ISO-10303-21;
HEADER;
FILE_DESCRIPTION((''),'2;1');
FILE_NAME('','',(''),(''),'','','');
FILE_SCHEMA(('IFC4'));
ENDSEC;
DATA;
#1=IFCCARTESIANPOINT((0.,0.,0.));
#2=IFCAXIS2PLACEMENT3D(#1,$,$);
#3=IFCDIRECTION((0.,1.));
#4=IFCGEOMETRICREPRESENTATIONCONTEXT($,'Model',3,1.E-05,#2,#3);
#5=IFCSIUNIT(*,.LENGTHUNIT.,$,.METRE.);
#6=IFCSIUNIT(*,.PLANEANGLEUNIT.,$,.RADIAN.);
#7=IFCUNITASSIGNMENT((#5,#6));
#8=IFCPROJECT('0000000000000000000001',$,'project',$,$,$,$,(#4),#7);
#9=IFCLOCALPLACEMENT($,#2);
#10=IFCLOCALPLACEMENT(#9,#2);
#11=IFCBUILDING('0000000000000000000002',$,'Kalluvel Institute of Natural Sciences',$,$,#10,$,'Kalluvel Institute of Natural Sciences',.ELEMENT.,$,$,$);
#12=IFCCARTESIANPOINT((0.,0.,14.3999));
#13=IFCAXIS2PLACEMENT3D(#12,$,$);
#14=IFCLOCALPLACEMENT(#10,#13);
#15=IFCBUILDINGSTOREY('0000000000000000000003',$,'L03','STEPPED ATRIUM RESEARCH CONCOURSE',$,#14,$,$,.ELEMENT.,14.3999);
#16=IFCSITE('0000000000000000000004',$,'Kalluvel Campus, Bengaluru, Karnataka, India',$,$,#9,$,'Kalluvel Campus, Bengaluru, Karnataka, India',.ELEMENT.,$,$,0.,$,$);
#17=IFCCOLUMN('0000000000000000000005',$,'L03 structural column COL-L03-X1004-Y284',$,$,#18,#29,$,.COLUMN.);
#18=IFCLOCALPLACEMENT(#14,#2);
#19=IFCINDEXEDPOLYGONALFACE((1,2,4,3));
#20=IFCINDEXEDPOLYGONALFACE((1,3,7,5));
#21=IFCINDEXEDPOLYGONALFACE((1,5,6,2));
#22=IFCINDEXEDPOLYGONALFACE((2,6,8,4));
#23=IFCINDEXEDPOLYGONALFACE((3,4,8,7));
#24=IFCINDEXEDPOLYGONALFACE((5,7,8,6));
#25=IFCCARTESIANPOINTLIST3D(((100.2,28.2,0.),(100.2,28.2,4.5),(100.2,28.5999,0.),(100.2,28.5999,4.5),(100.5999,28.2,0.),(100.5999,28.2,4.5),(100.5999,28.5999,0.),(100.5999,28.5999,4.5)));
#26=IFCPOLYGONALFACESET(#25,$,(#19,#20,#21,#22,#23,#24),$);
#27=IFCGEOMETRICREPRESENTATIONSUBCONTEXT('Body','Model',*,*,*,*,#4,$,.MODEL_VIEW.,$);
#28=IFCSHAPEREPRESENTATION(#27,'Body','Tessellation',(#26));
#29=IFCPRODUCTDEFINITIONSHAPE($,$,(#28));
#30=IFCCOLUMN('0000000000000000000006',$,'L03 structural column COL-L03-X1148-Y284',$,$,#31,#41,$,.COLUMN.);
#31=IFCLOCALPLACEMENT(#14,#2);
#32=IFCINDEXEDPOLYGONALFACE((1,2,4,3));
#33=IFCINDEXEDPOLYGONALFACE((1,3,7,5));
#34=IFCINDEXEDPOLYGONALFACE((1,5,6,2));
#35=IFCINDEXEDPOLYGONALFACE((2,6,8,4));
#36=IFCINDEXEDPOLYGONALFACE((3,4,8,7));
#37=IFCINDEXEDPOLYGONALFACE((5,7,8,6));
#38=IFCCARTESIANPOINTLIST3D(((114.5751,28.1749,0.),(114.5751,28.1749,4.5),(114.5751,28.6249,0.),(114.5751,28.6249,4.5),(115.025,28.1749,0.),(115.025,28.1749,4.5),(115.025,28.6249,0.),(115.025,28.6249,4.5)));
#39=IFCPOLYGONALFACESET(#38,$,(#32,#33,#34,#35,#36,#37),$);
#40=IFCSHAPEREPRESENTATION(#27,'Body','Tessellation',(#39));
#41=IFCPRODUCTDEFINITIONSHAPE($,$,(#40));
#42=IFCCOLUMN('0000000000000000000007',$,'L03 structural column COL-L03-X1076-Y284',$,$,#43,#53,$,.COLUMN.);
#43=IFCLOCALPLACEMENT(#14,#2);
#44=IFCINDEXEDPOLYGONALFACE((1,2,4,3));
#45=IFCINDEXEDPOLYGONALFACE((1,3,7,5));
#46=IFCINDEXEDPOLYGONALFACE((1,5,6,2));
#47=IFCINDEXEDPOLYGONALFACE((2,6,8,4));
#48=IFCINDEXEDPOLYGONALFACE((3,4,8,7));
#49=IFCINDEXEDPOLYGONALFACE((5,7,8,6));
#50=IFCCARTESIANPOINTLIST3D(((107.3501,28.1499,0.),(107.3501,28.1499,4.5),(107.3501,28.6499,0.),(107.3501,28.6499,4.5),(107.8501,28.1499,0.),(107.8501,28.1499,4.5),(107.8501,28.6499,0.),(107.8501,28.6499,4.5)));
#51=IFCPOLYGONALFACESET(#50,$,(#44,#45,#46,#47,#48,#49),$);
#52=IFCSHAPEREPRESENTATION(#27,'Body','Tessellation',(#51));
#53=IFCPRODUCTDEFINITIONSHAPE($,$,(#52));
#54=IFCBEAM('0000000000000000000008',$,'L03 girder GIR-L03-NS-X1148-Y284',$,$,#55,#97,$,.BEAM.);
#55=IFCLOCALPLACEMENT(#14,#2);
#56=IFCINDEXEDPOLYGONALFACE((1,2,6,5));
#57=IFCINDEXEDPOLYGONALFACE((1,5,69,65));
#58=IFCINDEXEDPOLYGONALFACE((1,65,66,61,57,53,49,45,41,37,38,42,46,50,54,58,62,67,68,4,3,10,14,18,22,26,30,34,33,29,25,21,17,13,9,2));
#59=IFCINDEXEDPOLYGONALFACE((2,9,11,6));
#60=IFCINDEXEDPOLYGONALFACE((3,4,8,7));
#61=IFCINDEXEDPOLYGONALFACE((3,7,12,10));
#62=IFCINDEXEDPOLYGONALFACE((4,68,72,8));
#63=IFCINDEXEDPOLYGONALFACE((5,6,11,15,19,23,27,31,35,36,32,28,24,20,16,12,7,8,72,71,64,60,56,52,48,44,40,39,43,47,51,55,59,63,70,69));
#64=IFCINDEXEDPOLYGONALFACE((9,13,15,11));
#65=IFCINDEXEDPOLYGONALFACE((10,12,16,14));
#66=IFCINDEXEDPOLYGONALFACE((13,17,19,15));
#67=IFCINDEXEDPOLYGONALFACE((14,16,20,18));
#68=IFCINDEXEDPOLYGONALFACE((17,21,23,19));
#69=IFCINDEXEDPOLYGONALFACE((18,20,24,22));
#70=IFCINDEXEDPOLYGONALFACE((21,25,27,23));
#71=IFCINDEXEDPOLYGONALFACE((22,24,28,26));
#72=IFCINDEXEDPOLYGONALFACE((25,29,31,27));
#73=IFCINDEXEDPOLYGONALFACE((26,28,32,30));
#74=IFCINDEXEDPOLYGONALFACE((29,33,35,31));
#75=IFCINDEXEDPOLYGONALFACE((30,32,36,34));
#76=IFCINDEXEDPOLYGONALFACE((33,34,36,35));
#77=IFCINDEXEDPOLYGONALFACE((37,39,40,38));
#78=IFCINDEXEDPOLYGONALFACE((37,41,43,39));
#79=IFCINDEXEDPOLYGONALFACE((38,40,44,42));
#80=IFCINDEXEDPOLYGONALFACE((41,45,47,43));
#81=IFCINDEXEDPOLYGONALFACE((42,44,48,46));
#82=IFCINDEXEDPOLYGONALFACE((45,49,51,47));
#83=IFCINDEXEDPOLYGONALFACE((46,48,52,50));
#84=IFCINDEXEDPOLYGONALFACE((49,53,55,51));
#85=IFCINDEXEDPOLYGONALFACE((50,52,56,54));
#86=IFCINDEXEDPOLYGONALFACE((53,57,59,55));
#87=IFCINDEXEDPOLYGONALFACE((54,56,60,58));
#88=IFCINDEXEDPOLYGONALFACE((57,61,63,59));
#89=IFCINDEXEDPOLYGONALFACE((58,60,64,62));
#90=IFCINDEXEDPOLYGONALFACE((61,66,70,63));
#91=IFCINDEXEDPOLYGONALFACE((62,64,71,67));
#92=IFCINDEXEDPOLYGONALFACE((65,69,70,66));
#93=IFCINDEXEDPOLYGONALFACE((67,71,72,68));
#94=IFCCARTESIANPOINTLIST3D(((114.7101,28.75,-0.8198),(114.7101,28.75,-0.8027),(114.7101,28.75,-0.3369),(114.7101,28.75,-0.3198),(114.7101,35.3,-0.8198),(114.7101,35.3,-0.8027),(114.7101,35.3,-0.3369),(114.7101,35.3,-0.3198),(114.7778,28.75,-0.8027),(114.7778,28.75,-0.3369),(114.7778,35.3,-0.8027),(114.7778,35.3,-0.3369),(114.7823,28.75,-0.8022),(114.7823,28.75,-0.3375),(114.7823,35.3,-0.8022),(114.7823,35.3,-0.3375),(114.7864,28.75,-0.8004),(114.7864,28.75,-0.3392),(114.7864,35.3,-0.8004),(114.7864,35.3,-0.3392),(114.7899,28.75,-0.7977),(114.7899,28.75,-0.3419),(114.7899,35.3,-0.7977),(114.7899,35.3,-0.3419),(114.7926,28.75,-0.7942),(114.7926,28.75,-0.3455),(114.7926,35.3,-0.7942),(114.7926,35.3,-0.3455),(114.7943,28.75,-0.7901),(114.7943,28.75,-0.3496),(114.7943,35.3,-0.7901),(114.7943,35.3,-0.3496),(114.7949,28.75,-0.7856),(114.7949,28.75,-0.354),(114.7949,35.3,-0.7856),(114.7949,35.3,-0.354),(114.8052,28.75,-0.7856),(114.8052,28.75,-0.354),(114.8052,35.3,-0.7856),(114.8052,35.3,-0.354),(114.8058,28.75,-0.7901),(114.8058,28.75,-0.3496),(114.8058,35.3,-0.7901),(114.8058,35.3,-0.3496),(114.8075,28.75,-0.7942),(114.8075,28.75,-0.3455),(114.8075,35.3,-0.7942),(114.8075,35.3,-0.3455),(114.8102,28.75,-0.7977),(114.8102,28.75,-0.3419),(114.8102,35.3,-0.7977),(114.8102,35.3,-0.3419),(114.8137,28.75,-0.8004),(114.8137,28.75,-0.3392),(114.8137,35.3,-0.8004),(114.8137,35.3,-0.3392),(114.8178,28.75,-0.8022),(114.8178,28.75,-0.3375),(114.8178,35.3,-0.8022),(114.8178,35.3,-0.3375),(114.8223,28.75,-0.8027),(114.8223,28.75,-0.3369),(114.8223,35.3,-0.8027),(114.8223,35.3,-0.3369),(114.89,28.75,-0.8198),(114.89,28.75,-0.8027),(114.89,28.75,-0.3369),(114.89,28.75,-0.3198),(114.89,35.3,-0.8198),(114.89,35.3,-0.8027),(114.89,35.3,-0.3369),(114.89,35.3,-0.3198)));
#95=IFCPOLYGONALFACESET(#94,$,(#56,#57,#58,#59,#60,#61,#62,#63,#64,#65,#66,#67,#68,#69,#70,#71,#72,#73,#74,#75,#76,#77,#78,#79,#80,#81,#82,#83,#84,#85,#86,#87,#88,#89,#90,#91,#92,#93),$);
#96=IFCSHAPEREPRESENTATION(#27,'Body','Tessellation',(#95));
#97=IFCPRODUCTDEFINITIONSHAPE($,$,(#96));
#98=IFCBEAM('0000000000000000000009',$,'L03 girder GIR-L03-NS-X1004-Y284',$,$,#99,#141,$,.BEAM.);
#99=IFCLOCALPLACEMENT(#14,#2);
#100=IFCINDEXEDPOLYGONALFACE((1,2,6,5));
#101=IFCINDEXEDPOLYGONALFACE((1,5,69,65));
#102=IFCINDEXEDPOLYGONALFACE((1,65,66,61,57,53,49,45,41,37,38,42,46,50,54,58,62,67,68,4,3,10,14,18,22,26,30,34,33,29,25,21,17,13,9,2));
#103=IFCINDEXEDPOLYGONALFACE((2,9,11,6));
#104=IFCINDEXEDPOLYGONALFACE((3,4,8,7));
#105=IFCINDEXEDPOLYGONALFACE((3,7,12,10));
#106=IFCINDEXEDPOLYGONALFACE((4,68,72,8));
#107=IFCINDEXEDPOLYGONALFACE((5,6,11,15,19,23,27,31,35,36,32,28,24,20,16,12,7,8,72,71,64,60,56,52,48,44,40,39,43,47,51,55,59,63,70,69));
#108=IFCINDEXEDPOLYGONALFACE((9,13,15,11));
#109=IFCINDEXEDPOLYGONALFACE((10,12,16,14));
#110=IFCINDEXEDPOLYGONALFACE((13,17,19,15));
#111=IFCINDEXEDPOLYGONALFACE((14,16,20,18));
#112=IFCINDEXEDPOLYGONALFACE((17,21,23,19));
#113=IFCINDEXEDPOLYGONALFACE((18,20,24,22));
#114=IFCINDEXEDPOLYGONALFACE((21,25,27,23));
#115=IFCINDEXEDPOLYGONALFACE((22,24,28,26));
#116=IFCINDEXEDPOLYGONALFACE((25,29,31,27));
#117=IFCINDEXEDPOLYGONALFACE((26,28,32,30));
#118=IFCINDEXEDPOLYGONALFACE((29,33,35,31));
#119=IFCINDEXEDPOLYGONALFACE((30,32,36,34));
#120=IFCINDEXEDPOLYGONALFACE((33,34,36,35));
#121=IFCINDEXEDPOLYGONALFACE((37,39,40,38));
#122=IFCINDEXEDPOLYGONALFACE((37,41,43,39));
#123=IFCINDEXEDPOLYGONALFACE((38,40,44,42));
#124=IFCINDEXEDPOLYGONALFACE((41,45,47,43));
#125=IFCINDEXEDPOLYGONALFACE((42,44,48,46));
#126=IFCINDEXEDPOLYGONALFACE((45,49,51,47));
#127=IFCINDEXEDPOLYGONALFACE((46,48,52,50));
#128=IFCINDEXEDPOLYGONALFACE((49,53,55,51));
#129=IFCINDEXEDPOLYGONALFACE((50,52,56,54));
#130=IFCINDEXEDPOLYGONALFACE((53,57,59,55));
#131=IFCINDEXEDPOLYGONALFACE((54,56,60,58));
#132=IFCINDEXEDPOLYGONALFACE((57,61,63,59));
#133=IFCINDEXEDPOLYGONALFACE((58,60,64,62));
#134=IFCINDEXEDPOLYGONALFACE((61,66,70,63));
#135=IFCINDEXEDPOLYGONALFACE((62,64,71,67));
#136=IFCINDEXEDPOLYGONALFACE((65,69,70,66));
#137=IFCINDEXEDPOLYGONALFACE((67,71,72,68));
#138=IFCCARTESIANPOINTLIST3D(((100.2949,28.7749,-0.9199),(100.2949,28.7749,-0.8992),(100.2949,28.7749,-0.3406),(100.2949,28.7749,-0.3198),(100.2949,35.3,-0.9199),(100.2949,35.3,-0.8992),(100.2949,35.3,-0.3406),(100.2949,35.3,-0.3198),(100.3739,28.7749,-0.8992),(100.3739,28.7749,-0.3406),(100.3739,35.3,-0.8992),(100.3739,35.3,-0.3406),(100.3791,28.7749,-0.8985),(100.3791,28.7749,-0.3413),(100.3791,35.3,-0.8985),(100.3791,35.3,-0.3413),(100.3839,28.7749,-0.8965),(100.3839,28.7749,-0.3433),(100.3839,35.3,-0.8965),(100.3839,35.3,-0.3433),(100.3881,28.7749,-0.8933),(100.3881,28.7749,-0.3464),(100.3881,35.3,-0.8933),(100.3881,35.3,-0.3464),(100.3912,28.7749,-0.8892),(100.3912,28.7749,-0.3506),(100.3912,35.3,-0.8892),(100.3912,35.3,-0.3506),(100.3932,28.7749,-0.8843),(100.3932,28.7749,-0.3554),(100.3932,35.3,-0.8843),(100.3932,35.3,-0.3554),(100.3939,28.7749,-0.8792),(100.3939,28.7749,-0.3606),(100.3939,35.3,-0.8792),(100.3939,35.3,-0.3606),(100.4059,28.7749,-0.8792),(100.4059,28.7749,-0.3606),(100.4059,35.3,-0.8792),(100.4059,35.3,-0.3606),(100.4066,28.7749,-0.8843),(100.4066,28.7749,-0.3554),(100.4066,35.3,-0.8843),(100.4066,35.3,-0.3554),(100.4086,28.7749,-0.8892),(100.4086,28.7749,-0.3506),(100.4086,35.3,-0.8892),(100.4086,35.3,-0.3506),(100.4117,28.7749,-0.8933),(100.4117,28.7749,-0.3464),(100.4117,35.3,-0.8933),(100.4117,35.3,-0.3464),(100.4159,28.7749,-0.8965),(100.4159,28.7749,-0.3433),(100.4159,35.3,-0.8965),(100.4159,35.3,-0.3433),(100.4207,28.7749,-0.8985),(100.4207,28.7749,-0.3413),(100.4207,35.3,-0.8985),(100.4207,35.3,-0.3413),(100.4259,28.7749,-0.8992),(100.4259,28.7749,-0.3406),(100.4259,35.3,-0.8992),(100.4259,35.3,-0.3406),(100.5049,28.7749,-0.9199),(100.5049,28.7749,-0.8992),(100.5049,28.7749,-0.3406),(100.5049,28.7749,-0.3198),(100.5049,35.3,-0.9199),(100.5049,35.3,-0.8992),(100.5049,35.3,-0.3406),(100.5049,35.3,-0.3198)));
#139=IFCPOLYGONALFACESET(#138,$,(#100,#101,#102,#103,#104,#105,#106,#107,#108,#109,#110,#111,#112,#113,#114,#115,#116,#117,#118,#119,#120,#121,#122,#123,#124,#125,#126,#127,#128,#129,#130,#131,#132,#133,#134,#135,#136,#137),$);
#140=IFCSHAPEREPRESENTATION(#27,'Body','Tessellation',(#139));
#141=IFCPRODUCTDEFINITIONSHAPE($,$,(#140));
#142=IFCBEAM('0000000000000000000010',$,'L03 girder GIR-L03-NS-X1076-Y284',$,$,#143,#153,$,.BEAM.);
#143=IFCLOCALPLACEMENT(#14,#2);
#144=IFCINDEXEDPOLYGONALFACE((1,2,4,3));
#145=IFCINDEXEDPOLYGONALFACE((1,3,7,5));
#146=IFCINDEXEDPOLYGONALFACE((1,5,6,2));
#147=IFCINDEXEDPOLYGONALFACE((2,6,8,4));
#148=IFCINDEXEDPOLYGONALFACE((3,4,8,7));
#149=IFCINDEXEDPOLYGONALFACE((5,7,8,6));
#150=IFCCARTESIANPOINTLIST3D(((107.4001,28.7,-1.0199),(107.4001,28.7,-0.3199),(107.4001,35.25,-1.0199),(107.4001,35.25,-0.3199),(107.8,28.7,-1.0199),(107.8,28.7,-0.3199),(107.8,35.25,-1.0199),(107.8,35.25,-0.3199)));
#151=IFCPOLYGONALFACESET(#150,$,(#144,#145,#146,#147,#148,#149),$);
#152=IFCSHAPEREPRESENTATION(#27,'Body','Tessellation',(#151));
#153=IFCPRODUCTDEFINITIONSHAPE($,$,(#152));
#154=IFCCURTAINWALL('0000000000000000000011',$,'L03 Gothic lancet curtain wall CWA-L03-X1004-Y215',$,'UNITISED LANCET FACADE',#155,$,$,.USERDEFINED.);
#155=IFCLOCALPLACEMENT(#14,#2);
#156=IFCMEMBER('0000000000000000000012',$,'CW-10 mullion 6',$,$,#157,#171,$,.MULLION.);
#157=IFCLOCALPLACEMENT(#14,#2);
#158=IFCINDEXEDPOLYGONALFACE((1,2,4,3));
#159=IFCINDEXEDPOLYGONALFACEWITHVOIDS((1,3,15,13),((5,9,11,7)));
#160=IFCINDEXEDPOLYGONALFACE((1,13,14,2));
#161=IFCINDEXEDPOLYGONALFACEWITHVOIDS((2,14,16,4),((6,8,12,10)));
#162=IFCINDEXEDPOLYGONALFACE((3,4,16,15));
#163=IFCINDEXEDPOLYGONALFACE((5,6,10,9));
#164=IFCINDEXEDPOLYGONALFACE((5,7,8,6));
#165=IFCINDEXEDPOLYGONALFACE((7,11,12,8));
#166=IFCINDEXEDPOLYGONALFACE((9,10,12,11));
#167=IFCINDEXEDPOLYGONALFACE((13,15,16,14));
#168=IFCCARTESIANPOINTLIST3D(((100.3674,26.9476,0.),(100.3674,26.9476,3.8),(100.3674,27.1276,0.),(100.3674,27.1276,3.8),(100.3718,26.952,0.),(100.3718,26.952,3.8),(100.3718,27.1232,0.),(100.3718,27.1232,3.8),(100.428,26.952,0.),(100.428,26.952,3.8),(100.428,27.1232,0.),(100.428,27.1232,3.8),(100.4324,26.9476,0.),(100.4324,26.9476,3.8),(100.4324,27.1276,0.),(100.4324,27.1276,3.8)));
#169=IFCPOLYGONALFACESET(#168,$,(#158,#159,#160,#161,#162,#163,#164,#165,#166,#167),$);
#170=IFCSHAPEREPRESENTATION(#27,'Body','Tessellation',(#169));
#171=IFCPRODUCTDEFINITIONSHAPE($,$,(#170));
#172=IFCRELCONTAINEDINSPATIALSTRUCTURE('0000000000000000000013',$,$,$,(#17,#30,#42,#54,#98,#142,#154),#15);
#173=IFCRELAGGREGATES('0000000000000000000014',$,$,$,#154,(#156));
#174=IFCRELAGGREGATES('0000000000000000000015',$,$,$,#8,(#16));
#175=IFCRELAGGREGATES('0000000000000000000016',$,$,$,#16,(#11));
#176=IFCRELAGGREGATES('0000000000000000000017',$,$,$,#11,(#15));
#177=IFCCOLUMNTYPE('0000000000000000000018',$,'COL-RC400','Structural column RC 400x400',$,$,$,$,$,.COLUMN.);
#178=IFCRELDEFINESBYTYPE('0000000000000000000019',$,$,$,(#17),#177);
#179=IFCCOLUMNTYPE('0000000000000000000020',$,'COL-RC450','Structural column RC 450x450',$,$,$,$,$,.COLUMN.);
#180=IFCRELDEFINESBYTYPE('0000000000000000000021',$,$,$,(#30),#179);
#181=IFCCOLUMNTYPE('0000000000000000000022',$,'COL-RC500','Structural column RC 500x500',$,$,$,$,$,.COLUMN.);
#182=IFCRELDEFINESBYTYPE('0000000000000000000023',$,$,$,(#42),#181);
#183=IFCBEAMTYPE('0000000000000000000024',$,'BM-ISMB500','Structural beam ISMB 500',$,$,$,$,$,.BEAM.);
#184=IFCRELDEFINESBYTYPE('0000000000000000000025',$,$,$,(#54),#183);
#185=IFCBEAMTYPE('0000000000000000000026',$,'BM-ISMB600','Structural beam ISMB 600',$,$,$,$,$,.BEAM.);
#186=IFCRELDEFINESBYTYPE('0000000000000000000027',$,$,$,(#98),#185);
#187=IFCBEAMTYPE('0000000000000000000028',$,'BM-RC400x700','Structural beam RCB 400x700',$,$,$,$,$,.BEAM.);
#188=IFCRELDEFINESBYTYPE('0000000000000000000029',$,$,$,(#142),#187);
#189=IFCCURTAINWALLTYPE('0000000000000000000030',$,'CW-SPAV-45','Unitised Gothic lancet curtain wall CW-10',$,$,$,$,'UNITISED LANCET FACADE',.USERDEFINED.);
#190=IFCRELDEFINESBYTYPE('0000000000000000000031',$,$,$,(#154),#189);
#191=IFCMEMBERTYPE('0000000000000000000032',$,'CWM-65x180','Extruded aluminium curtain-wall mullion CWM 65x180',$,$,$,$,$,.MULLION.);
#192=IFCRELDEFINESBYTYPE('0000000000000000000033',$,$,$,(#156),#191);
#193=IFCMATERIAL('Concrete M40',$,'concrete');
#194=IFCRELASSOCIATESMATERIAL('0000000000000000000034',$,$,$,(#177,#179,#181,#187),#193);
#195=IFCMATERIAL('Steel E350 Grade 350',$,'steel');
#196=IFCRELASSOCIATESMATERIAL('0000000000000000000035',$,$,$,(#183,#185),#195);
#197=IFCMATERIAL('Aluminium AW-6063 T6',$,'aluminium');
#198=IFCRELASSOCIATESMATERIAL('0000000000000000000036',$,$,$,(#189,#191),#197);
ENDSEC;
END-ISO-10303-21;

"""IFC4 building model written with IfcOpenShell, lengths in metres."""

from ifc_helpers import new_model, si_unit, direction, frame, origin, origin_2d, place, context, subcontext, project, spatial, rectangle, hollow_rectangle, i_section, extrude, material, material_profile, profile_set, type_object, element, aggregate, save


model = new_model("IFC4")

# Units and contexts
model_context = context("Model", 3, precision=1e-05, world=origin(), true_north=direction((0.0, 1.0)))
body_context = subcontext(model_context, "Body", "Model", "MODEL_VIEW")
ifc_project = project(units=[si_unit("LENGTHUNIT", "METRE"), si_unit("PLANEANGLEUNIT", "RADIAN")], contexts=[model_context])

# Site, building, storey
site_placement = place(None, origin())
site = spatial("IfcSite", under=ifc_project, at=site_placement, Name="Kalluvel Campus, Bengaluru, Karnataka, India", LongName="Kalluvel Campus, Bengaluru, Karnataka, India", CompositionType="ELEMENT", RefElevation=0.0)
building_placement = place(site_placement, origin())
building = spatial("IfcBuilding", under=site, at=building_placement, Name="Kalluvel Institute of Natural Sciences", LongName="Kalluvel Institute of Natural Sciences", CompositionType="ELEMENT")
storey_placement = place(building_placement, frame((0.0, 0.0, 14.3999)))
storey = spatial("IfcBuildingStorey", under=building, at=storey_placement, Name="L03", Description="STEPPED ATRIUM RESEARCH CONCOURSE", CompositionType="ELEMENT", Elevation=14.3999)

# Columns
ifc_material_1 = material(Name="Concrete M40", Category="concrete")
ifc_material_profile_1 = material_profile(ifc_material_1, rectangle(XDim=0.3999, YDim=0.3999, at=origin_2d()), Name="RC 400x400")
ifc_profile_set_1 = profile_set([ifc_material_profile_1], Name="Concrete M40")
column_type_1 = type_object("IfcColumnType", Name="COL-RC400", Description="Structural column RC 400x400", PredefinedType="COLUMN", material=ifc_profile_set_1)
column_1_placement = place(storey_placement, frame((100.3999, 28.3999, 0.0), z_axis=(0.0, 0.0, 1.0), x_axis=(1.0, 0.0, 0.0)))
element("IfcColumn", 1, at=column_1_placement, inside=storey, type_object=column_type_1, Name="L03 structural column COL-L03-X1004-Y284", PredefinedType="COLUMN", context=body_context, shape_type="SweptSolid", body=[
    extrude(rectangle(XDim=0.3999, YDim=0.3999, at=origin_2d()), origin(), (0.0, 0.0, 1.0), 4.5),
])
ifc_material_profile_2 = material_profile(ifc_material_1, rectangle(XDim=0.45, YDim=0.45, at=origin_2d()), Name="RC 450x450")
ifc_profile_set_2 = profile_set([ifc_material_profile_2], Name="Concrete M40")
column_type_2 = type_object("IfcColumnType", Name="COL-RC450", Description="Structural column RC 450x450", PredefinedType="COLUMN", material=ifc_profile_set_2)
column_2_placement = place(storey_placement, frame((114.8, 28.3999, 0.0), z_axis=(0.0, 0.0, 1.0), x_axis=(1.0, 0.0, 0.0)))
element("IfcColumn", 2, at=column_2_placement, inside=storey, type_object=column_type_2, Name="L03 structural column COL-L03-X1148-Y284", PredefinedType="COLUMN", context=body_context, shape_type="SweptSolid", body=[
    extrude(rectangle(XDim=0.45, YDim=0.45, at=origin_2d()), origin(), (0.0, 0.0, 1.0), 4.5),
])
ifc_material_profile_3 = material_profile(ifc_material_1, rectangle(XDim=0.5, YDim=0.5, at=origin_2d()), Name="RC 500x500")
ifc_profile_set_3 = profile_set([ifc_material_profile_3], Name="Concrete M40")
column_type_3 = type_object("IfcColumnType", Name="COL-RC500", Description="Structural column RC 500x500", PredefinedType="COLUMN", material=ifc_profile_set_3)
column_3_placement = place(storey_placement, frame((107.6001, 28.3999, 0.0), z_axis=(0.0, 0.0, 1.0), x_axis=(1.0, 0.0, 0.0)))
element("IfcColumn", 3, at=column_3_placement, inside=storey, type_object=column_type_3, Name="L03 structural column COL-L03-X1076-Y284", PredefinedType="COLUMN", context=body_context, shape_type="SweptSolid", body=[
    extrude(rectangle(XDim=0.5, YDim=0.5, at=origin_2d()), origin(), (0.0, 0.0, 1.0), 4.5),
])

# Beams
ifc_material_2 = material(Name="Steel E350 Grade 350", Category="steel")
ifc_material_profile_4 = material_profile(ifc_material_2, i_section(OverallWidth=0.1799, OverallDepth=0.5, WebThickness=0.0103, FlangeThickness=0.0171, FilletRadius=0.0171, at=origin_2d()), Name="ISMB 500")
ifc_profile_set_4 = profile_set([ifc_material_profile_4], Name="Steel E350 Grade 350")
beam_type_1 = type_object("IfcBeamType", Name="BM-ISMB500", Description="Structural beam ISMB 500", PredefinedType="BEAM", material=ifc_profile_set_4)
beam_1_placement = place(storey_placement, frame((114.8, 28.75, -0.5698), z_axis=(0.0, 1.0, 0.0), x_axis=(-1.0, 0.0, 0.0)))
element("IfcBeam", 4, at=beam_1_placement, inside=storey, type_object=beam_type_1, Name="L03 girder GIR-L03-NS-X1148-Y284", PredefinedType="BEAM", context=body_context, shape_type="SweptSolid", body=[
    extrude(i_section(OverallWidth=0.1799, OverallDepth=0.5, WebThickness=0.0103, FlangeThickness=0.0171, FilletRadius=0.0171, at=origin_2d()), origin(), (0.0, 0.0, 1.0), 6.55),
])
ifc_material_profile_5 = material_profile(ifc_material_2, i_section(OverallWidth=0.21, OverallDepth=0.6001, WebThickness=0.012, FlangeThickness=0.0208, FilletRadius=0.02, at=origin_2d()), Name="ISMB 600")
ifc_profile_set_5 = profile_set([ifc_material_profile_5], Name="Steel E350 Grade 350")
beam_type_2 = type_object("IfcBeamType", Name="BM-ISMB600", Description="Structural beam ISMB 600", PredefinedType="BEAM", material=ifc_profile_set_5)
beam_2_placement = place(storey_placement, frame((100.3999, 28.7749, -0.6199), z_axis=(0.0, 1.0, 0.0), x_axis=(-1.0, 0.0, 0.0)))
element("IfcBeam", 5, at=beam_2_placement, inside=storey, type_object=beam_type_2, Name="L03 girder GIR-L03-NS-X1004-Y284", PredefinedType="BEAM", context=body_context, shape_type="SweptSolid", body=[
    extrude(i_section(OverallWidth=0.21, OverallDepth=0.6001, WebThickness=0.012, FlangeThickness=0.0208, FilletRadius=0.02, at=origin_2d()), origin(), (0.0, 0.0, 1.0), 6.5251),
])
ifc_material_profile_6 = material_profile(ifc_material_1, rectangle(XDim=0.3999, YDim=0.7, at=origin_2d()), Name="RCB 400x700")
ifc_profile_set_6 = profile_set([ifc_material_profile_6], Name="Concrete M40")
beam_type_3 = type_object("IfcBeamType", Name="BM-RC400x700", Description="Structural beam RCB 400x700", PredefinedType="BEAM", material=ifc_profile_set_6)
beam_3_placement = place(storey_placement, frame((107.6001, 28.7, -0.6699), z_axis=(0.0, 1.0, 0.0), x_axis=(-1.0, 0.0, 0.0)))
element("IfcBeam", 6, at=beam_3_placement, inside=storey, type_object=beam_type_3, Name="L03 girder GIR-L03-NS-X1076-Y284", PredefinedType="BEAM", context=body_context, shape_type="SweptSolid", body=[
    extrude(rectangle(XDim=0.3999, YDim=0.7, at=origin_2d()), origin(), (0.0, 0.0, 1.0), 6.55),
])

# Curtain wall, member
ifc_material_3 = material(Name="Aluminium AW-6063 T6", Category="aluminium")
curtain_wall_type = type_object("IfcCurtainWallType", Name="CW-SPAV-45", Description="Unitised Gothic lancet curtain wall CW-10", ElementType="UNITISED LANCET FACADE", PredefinedType="USERDEFINED", material=ifc_material_3)
curtain_wall_placement = place(storey_placement, origin())
curtain_wall = element("IfcCurtainWall", 7, at=curtain_wall_placement, inside=storey, type_object=curtain_wall_type, Name="L03 Gothic lancet curtain wall CWA-L03-X1004-Y215", ObjectType="UNITISED LANCET FACADE", PredefinedType="USERDEFINED")
ifc_material_profile_7 = material_profile(ifc_material_3, hollow_rectangle(XDim=0.0649, YDim=0.1799, WallThickness=0.0044, at=origin_2d()), Name="CWM 65x180")
ifc_profile_set_7 = profile_set([ifc_material_profile_7], Name="Aluminium AW-6063 T6")
member_type_1 = type_object("IfcMemberType", Name="CWM-65x180", Description="Extruded aluminium curtain-wall mullion CWM 65x180", PredefinedType="MULLION", material=ifc_profile_set_7)
member_1_placement = place(storey_placement, frame((100.3999, 27.0376, 0.0), z_axis=(0.0, 0.0, 1.0), x_axis=(-1.0, 0.0, 0.0)))
member_1 = element("IfcMember", 8, at=member_1_placement, type_object=member_type_1, Name="CW-10 mullion 6", PredefinedType="MULLION", context=body_context, shape_type="SweptSolid", body=[
    extrude(hollow_rectangle(XDim=0.0649, YDim=0.1799, WallThickness=0.0044, at=origin_2d()), origin(), (0.0, 0.0, 1.0), 3.8),
])

aggregate(curtain_wall, [member_1])

save(model, "model.ifc")
